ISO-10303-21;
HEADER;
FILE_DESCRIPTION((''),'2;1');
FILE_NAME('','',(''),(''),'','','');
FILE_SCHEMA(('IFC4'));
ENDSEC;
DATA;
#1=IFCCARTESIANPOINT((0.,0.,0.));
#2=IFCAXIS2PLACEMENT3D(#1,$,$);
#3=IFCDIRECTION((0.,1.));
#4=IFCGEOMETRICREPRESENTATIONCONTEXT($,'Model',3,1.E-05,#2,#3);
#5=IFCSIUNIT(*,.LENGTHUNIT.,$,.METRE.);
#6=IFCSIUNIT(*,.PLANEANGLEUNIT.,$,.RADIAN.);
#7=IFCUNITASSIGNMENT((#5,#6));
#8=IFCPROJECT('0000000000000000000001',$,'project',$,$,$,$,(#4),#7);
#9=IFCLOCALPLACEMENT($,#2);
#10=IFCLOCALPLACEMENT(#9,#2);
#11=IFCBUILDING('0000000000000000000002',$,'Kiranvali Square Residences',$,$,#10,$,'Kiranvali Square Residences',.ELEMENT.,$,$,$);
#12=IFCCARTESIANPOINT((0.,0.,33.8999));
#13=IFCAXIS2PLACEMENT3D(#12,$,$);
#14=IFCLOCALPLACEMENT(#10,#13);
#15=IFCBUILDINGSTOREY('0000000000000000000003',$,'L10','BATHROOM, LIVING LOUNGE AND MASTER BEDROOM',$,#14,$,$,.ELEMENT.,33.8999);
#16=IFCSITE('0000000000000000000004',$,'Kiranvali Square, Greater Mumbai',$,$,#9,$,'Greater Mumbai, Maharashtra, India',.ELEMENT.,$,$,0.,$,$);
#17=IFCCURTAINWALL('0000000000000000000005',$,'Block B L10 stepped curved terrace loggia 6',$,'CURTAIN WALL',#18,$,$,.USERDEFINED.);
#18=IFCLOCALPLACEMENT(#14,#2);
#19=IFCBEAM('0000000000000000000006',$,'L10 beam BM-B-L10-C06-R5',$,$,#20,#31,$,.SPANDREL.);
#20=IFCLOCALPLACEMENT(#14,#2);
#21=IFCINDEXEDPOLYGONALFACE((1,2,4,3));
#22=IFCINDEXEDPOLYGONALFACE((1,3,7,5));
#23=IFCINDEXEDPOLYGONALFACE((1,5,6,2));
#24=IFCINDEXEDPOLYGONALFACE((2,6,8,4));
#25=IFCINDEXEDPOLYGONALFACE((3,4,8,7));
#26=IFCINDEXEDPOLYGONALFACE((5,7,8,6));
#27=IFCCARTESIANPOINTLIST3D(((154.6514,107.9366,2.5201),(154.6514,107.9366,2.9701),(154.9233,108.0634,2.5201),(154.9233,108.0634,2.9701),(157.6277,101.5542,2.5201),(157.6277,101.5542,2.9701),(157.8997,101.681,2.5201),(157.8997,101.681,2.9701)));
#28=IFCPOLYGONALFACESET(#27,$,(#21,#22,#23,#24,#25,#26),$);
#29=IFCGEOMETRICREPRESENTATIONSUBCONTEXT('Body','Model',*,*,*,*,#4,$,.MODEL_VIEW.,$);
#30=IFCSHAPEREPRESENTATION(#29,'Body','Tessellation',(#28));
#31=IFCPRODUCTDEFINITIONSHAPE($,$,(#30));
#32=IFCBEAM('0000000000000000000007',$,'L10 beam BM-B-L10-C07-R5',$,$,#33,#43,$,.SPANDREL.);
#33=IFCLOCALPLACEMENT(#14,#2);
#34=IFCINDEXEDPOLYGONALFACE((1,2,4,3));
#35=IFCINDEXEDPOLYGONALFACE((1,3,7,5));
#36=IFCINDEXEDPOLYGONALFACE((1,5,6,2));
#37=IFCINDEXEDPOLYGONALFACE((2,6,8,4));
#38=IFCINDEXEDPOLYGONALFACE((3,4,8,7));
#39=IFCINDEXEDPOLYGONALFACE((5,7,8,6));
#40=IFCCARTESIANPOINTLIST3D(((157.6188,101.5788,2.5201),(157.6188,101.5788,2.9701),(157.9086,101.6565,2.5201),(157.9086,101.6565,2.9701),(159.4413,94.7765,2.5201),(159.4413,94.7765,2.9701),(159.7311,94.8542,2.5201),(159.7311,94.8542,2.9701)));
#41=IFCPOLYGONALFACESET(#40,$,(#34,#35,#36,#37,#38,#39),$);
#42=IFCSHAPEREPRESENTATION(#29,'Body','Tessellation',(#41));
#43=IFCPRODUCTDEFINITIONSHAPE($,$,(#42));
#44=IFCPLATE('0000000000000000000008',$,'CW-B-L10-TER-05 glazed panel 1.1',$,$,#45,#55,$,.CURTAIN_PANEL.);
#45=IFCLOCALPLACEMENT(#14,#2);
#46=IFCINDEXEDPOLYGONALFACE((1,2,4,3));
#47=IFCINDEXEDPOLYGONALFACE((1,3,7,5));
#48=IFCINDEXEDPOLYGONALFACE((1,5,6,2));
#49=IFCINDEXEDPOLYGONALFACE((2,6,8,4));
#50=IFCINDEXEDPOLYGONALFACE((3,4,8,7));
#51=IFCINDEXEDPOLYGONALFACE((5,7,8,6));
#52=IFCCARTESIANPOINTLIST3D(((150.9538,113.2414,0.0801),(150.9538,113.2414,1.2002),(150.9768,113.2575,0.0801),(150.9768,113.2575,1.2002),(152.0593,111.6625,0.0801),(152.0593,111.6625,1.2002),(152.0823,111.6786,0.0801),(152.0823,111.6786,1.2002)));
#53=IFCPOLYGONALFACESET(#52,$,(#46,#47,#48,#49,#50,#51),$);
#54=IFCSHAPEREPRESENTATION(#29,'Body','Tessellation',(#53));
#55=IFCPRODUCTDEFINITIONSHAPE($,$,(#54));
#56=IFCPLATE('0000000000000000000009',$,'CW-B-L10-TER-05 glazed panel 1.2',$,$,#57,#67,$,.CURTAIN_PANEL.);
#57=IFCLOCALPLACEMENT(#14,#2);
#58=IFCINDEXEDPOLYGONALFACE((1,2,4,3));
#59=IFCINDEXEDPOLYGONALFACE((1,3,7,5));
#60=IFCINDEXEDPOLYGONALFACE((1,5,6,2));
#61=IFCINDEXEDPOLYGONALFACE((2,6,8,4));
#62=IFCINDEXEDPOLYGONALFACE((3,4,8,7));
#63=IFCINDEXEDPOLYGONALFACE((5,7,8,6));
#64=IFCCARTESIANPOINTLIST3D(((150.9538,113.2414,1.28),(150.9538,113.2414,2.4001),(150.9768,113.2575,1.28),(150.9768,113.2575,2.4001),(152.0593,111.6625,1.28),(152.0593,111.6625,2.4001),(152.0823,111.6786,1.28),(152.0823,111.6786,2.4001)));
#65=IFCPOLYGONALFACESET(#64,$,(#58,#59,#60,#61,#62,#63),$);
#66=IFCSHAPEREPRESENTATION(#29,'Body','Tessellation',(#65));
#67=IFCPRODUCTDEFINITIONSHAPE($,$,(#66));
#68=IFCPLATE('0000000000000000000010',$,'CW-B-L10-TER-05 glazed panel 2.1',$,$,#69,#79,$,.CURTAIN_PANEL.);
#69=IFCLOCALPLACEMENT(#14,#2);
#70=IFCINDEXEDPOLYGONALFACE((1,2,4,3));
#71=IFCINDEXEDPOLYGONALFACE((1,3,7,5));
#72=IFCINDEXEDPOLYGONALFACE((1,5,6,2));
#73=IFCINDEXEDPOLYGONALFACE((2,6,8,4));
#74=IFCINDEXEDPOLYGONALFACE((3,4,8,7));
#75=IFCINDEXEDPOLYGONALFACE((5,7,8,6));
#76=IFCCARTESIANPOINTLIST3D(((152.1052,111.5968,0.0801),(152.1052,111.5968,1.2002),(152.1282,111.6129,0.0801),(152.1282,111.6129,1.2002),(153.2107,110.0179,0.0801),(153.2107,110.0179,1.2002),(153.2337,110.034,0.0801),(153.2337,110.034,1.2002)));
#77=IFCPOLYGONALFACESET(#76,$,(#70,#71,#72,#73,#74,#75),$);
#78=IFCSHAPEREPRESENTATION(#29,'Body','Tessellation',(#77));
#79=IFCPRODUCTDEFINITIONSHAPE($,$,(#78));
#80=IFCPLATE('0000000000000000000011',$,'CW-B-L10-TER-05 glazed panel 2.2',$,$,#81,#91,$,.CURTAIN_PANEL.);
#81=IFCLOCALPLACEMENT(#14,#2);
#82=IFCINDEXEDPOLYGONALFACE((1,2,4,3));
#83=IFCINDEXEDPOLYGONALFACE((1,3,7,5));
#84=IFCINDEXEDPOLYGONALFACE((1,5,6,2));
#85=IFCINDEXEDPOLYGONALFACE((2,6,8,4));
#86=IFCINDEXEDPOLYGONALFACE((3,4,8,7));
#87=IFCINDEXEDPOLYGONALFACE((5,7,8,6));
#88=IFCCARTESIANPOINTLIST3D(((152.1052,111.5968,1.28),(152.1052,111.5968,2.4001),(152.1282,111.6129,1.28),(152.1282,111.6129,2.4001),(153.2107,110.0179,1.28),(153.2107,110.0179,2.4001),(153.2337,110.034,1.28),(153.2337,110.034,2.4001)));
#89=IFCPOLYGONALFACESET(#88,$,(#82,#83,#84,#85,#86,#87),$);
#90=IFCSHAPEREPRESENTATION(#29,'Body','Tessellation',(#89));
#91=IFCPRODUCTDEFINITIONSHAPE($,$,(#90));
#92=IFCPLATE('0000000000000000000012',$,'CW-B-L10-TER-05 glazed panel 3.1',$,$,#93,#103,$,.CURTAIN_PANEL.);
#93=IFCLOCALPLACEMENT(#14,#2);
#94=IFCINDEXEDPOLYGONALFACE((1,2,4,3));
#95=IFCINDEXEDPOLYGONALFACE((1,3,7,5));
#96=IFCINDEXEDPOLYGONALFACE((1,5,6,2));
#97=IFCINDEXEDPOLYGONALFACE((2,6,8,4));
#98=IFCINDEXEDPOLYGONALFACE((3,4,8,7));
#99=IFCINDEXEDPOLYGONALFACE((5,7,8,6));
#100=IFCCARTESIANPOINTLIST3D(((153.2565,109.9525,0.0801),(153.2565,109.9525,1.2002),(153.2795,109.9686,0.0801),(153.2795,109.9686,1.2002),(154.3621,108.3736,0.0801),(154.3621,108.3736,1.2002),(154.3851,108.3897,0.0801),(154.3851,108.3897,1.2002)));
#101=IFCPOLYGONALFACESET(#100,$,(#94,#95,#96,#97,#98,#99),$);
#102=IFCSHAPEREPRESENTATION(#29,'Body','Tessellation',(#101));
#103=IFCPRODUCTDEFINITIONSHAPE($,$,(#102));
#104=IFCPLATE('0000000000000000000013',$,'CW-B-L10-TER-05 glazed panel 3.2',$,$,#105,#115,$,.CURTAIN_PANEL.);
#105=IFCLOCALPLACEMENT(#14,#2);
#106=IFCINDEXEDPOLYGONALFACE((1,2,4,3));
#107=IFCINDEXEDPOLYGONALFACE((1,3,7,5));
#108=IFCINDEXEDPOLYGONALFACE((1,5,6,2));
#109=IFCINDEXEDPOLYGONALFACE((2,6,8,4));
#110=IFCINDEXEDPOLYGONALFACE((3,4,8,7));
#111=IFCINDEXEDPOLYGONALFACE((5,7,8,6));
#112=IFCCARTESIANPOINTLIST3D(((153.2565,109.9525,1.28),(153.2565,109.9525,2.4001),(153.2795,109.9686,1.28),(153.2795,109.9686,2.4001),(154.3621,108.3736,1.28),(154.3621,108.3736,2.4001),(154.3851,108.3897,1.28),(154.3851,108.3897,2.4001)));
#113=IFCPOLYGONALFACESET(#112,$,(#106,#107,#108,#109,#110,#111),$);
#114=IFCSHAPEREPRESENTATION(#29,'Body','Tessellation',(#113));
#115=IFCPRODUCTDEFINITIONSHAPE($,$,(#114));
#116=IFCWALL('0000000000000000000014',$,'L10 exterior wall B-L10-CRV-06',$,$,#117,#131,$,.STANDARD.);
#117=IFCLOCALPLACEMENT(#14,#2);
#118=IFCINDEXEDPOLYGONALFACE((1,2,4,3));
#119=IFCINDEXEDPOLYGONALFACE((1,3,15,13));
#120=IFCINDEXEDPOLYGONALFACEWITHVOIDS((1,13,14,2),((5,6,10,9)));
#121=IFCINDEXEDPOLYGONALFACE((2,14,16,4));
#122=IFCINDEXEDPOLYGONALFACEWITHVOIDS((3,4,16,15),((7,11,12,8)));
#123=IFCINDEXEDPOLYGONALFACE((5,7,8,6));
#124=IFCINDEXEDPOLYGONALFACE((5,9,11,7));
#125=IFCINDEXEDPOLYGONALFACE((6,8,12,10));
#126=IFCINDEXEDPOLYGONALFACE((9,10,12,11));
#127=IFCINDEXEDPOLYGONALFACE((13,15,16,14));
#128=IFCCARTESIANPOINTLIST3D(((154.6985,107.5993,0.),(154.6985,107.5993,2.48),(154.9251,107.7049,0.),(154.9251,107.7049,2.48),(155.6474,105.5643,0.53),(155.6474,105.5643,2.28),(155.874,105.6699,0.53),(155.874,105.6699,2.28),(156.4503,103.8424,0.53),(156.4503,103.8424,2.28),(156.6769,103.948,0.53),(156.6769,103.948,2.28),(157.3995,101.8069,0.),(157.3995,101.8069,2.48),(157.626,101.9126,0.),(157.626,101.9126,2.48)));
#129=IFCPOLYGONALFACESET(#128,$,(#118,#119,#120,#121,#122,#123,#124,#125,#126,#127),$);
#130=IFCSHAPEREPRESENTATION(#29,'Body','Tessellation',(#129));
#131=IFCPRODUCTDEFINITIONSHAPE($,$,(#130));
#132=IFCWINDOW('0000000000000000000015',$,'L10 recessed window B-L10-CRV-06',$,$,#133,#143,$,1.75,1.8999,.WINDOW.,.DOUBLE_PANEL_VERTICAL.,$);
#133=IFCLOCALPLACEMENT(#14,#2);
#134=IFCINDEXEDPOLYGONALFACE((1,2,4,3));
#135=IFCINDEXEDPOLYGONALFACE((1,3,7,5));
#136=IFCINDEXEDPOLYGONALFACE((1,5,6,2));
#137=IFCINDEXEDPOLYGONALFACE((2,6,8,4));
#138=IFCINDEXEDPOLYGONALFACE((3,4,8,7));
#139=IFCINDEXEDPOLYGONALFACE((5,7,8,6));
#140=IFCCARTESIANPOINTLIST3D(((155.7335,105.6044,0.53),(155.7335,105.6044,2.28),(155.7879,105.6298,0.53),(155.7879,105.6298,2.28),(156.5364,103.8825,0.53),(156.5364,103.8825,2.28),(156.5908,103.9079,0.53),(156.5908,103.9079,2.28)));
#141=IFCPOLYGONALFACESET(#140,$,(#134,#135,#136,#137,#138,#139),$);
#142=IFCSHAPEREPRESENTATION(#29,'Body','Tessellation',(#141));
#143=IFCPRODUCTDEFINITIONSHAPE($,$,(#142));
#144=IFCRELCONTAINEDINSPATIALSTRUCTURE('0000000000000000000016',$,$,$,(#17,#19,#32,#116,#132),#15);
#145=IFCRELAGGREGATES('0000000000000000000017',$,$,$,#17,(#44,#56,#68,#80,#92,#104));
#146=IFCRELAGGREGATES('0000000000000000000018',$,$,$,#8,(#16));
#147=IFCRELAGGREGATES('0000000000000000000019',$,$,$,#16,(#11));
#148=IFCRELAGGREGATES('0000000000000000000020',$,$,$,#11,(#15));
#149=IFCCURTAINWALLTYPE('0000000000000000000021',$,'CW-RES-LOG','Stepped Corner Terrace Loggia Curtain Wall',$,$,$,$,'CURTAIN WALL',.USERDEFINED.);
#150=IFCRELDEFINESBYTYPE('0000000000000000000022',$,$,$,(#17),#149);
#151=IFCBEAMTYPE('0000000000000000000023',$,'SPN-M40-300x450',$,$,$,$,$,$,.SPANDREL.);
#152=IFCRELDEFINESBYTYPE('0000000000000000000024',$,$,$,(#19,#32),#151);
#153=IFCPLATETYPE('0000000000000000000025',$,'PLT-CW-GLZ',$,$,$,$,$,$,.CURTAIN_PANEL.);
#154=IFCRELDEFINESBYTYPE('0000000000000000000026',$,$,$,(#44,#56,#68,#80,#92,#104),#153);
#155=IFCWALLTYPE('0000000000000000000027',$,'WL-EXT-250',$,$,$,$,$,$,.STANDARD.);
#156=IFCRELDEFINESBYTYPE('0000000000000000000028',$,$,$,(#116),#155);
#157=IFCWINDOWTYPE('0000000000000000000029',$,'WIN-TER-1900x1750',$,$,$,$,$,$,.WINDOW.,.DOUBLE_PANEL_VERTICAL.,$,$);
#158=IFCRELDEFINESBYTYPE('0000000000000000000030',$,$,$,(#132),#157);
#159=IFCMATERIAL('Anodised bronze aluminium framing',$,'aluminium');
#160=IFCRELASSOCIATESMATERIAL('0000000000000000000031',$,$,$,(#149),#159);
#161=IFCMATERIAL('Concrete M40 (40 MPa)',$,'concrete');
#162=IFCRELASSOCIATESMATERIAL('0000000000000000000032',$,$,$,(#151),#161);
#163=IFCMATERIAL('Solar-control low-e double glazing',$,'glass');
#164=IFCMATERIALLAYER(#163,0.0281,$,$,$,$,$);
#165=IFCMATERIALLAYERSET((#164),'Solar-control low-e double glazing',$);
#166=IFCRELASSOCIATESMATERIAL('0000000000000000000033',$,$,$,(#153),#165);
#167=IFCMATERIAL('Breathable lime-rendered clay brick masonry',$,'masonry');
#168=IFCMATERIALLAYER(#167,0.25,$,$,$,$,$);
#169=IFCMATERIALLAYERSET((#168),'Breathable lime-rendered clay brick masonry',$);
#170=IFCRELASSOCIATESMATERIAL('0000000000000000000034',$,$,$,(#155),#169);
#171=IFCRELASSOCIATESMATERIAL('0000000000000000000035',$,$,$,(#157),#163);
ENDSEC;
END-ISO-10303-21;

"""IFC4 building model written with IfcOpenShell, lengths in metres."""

from ifc_helpers import new_model, si_unit, direction, frame, frame_2d, origin, origin_2d, place, context, subcontext, project, spatial, rectangle, extrude, material, layer, layer_set, material_profile, profile_set, type_object, element, fill, aggregate, save


model = new_model("IFC4")

# Units and contexts
model_context = context("Model", 3, precision=1e-05, world=origin(), true_north=direction((0.0, 1.0)))
body_context = subcontext(model_context, "Body", "Model", "MODEL_VIEW")
ifc_project = project(units=[si_unit("LENGTHUNIT", "METRE"), si_unit("PLANEANGLEUNIT", "RADIAN")], contexts=[model_context])

# Site, building, storey
site_placement = place(None, origin())
site = spatial("IfcSite", under=ifc_project, at=site_placement, Name="Kiranvali Square, Greater Mumbai", LongName="Greater Mumbai, Maharashtra, India", CompositionType="ELEMENT", RefElevation=0.0)
building_placement = place(site_placement, origin())
building = spatial("IfcBuilding", under=site, at=building_placement, Name="Kiranvali Square Residences", LongName="Kiranvali Square Residences", CompositionType="ELEMENT")
storey_placement = place(building_placement, frame((0.0, 0.0, 33.8999)))
storey = spatial("IfcBuildingStorey", under=building, at=storey_placement, Name="L10", Description="BATHROOM, LIVING LOUNGE AND MASTER BEDROOM", CompositionType="ELEMENT", Elevation=33.8999)

# Shared definitions
ifc_material_1 = material(Name="Concrete M40 (40 MPa)", Category="concrete")

# Curtain wall
ifc_material_2 = material(Name="Anodised bronze aluminium framing", Category="aluminium")
curtain_wall_type = type_object("IfcCurtainWallType", Name="CW-RES-LOG", Description="Stepped Corner Terrace Loggia Curtain Wall", ElementType="CURTAIN WALL", PredefinedType="USERDEFINED", material=ifc_material_2)
curtain_wall_placement = place(storey_placement, origin())
curtain_wall = element("IfcCurtainWall", 1, at=curtain_wall_placement, inside=storey, type_object=curtain_wall_type, Name="Block B L10 stepped curved terrace loggia 6", ObjectType="CURTAIN WALL", PredefinedType="USERDEFINED")

# Beams
ifc_material_profile_1 = material_profile(ifc_material_1, rectangle(XDim=0.3, YDim=0.45, at=origin_2d()), Name="RC 300x450")
ifc_profile_set_1 = profile_set([ifc_material_profile_1], Name="Concrete M40 (40 MPa)")
beam_type_1 = type_object("IfcBeamType", Name="SPN-M40-300x450", PredefinedType="SPANDREL", material=ifc_profile_set_1)
for number, where, z_axis, x_axis, name in (
    (2, (154.7874, 108.0, 2.7451), (0.422641, -0.906297, 0.0), (0.906297, 0.422641, 0.0), "L10 beam BM-B-L10-C06-R5"),
    (3, (157.7637, 101.6177, 2.7451), (0.2588, -0.965931, 0.0), (0.965931, 0.2588, 0.0), "L10 beam BM-B-L10-C07-R5"),
):
    element("IfcBeam", number, at=place(storey_placement, frame(where, z_axis=z_axis, x_axis=x_axis)), inside=storey, type_object=beam_type_1, Name=name, PredefinedType="SPANDREL", context=body_context, shape_type="SweptSolid", body=[
        extrude(rectangle(XDim=0.3, YDim=0.45, at=origin_2d()), origin(), (0.0, 0.0, 1.0), 7.0422),
    ])

# Plates
ifc_material_3 = material(Name="Solar-control low-e double glazing", Category="glass")
ifc_layer_1 = layer(ifc_material_3, 0.0281)
ifc_layer_set_1 = layer_set([ifc_layer_1], Name="Solar-control low-e double glazing")
plate_type = type_object("IfcPlateType", Name="PLT-CW-GLZ", PredefinedType="CURTAIN_PANEL", material=ifc_layer_set_1)
plate_1_placement = place(storey_placement, frame((151.5181, 112.46, 0.0801), z_axis=(0.0, 0.0, 1.0), x_axis=(0.573576, -0.819152, 0.0)))
plate_1 = element("IfcPlate", 4, at=plate_1_placement, type_object=plate_type, Name="CW-B-L10-TER-05 glazed panel 1.1", PredefinedType="CURTAIN_PANEL", context=body_context, shape_type="SweptSolid", body=[
    extrude(rectangle(XDim=1.9275, YDim=0.0281, at=origin_2d()), origin(), (0.0, 0.0, 1.0), 1.1201),
])
plate_2_placement = place(storey_placement, frame((151.5181, 112.46, 1.28), z_axis=(0.0, 0.0, 1.0), x_axis=(0.573576, -0.819152, 0.0)))
plate_2 = element("IfcPlate", 5, at=plate_2_placement, type_object=plate_type, Name="CW-B-L10-TER-05 glazed panel 1.2", PredefinedType="CURTAIN_PANEL", context=body_context, shape_type="SweptSolid", body=[
    extrude(rectangle(XDim=1.9275, YDim=0.0281, at=origin_2d()), origin(), (0.0, 0.0, 1.0), 1.1201),
])
plate_3_placement = place(storey_placement, frame((152.6694, 110.8154, 0.0801), z_axis=(0.0, 0.0, 1.0), x_axis=(0.573576, -0.819152, 0.0)))
plate_3 = element("IfcPlate", 6, at=plate_3_placement, type_object=plate_type, Name="CW-B-L10-TER-05 glazed panel 2.1", PredefinedType="CURTAIN_PANEL", context=body_context, shape_type="SweptSolid", body=[
    extrude(rectangle(XDim=1.9275, YDim=0.0281, at=origin_2d()), origin(), (0.0, 0.0, 1.0), 1.1201),
])
plate_4_placement = place(storey_placement, frame((152.6694, 110.8154, 1.28), z_axis=(0.0, 0.0, 1.0), x_axis=(0.573576, -0.819152, 0.0)))
plate_4 = element("IfcPlate", 7, at=plate_4_placement, type_object=plate_type, Name="CW-B-L10-TER-05 glazed panel 2.2", PredefinedType="CURTAIN_PANEL", context=body_context, shape_type="SweptSolid", body=[
    extrude(rectangle(XDim=1.9275, YDim=0.0281, at=origin_2d()), origin(), (0.0, 0.0, 1.0), 1.1201),
])
plate_5_placement = place(storey_placement, frame((153.8208, 109.1711, 0.0801), z_axis=(0.0, 0.0, 1.0), x_axis=(0.573576, -0.819152, 0.0)))
plate_5 = element("IfcPlate", 8, at=plate_5_placement, type_object=plate_type, Name="CW-B-L10-TER-05 glazed panel 3.1", PredefinedType="CURTAIN_PANEL", context=body_context, shape_type="SweptSolid", body=[
    extrude(rectangle(XDim=1.9275, YDim=0.0281, at=origin_2d()), origin(), (0.0, 0.0, 1.0), 1.1201),
])
plate_6_placement = place(storey_placement, frame((153.8208, 109.1711, 1.28), z_axis=(0.0, 0.0, 1.0), x_axis=(0.573576, -0.819152, 0.0)))
plate_6 = element("IfcPlate", 9, at=plate_6_placement, type_object=plate_type, Name="CW-B-L10-TER-05 glazed panel 3.2", PredefinedType="CURTAIN_PANEL", context=body_context, shape_type="SweptSolid", body=[
    extrude(rectangle(XDim=1.9275, YDim=0.0281, at=origin_2d()), origin(), (0.0, 0.0, 1.0), 1.1201),
])
aggregate(curtain_wall, [plate_1, plate_2, plate_3, plate_4, plate_5, plate_6])

# Wall, opening, window
ifc_material_4 = material(Name="Breathable lime-rendered clay brick masonry", Category="masonry")
ifc_layer_2 = layer(ifc_material_4, 0.25)
ifc_layer_set_2 = layer_set([ifc_layer_2], Name="Breathable lime-rendered clay brick masonry")
wall_type = type_object("IfcWallType", Name="WL-EXT-250", PredefinedType="STANDARD", material=ifc_layer_set_2)
wall_1_placement = place(storey_placement, frame((154.8118, 107.6521, 0.0), z_axis=(0.0, 0.0, 1.0), x_axis=(0.422614, -0.90631, 0.0)))
wall_1 = element("IfcWall", 10, at=wall_1_placement, inside=storey, type_object=wall_type, Name="L10 exterior wall B-L10-CRV-06", PredefinedType="STANDARD", context=body_context, shape_type="SweptSolid", body=[
    extrude(rectangle(XDim=6.3911, YDim=0.25, at=frame_2d((3.1956, 0.0))), origin(), (0.0, 0.0, 1.0), 2.48),
])
opening_1_placement = place(wall_1_placement, frame((2.2454, 0.0, 0.53)))
opening_1 = element("IfcOpeningElement", 11, at=opening_1_placement, cuts=wall_1, PredefinedType="OPENING", context=body_context, shape_type="SweptSolid", body=[
    extrude(rectangle(XDim=1.8999, YDim=1.75, at=frame_2d((0.95, 0.875))), frame((0.0, 0.135, 0.0), z_axis=(0.0, -1.0, 0.0), x_axis=(1.0, 0.0, 0.0)), (0.0, 0.0, 1.0), 0.27),
])
window_type_1 = type_object("IfcWindowType", Name="WIN-TER-1900x1750", PartitioningType="DOUBLE_PANEL_VERTICAL", PredefinedType="WINDOW", material=ifc_material_3)
window_1_placement = place(opening_1_placement, origin())
window_1 = element("IfcWindow", 12, at=window_1_placement, inside=storey, type_object=window_type_1, Name="L10 recessed window B-L10-CRV-06", OverallHeight=1.75, OverallWidth=1.8999, PartitioningType="DOUBLE_PANEL_VERTICAL", PredefinedType="WINDOW", context=body_context, shape_type="SweptSolid", body=[
    extrude(rectangle(XDim=1.8999, YDim=1.75, at=frame_2d((0.95, 0.875))), frame((0.0, 0.03, 0.0), z_axis=(0.0, -1.0, 0.0), x_axis=(1.0, 0.0, 0.0)), (0.0, 0.0, 1.0), 0.0601),
])
fill(opening_1, window_1)

save(model, "model.ifc")
